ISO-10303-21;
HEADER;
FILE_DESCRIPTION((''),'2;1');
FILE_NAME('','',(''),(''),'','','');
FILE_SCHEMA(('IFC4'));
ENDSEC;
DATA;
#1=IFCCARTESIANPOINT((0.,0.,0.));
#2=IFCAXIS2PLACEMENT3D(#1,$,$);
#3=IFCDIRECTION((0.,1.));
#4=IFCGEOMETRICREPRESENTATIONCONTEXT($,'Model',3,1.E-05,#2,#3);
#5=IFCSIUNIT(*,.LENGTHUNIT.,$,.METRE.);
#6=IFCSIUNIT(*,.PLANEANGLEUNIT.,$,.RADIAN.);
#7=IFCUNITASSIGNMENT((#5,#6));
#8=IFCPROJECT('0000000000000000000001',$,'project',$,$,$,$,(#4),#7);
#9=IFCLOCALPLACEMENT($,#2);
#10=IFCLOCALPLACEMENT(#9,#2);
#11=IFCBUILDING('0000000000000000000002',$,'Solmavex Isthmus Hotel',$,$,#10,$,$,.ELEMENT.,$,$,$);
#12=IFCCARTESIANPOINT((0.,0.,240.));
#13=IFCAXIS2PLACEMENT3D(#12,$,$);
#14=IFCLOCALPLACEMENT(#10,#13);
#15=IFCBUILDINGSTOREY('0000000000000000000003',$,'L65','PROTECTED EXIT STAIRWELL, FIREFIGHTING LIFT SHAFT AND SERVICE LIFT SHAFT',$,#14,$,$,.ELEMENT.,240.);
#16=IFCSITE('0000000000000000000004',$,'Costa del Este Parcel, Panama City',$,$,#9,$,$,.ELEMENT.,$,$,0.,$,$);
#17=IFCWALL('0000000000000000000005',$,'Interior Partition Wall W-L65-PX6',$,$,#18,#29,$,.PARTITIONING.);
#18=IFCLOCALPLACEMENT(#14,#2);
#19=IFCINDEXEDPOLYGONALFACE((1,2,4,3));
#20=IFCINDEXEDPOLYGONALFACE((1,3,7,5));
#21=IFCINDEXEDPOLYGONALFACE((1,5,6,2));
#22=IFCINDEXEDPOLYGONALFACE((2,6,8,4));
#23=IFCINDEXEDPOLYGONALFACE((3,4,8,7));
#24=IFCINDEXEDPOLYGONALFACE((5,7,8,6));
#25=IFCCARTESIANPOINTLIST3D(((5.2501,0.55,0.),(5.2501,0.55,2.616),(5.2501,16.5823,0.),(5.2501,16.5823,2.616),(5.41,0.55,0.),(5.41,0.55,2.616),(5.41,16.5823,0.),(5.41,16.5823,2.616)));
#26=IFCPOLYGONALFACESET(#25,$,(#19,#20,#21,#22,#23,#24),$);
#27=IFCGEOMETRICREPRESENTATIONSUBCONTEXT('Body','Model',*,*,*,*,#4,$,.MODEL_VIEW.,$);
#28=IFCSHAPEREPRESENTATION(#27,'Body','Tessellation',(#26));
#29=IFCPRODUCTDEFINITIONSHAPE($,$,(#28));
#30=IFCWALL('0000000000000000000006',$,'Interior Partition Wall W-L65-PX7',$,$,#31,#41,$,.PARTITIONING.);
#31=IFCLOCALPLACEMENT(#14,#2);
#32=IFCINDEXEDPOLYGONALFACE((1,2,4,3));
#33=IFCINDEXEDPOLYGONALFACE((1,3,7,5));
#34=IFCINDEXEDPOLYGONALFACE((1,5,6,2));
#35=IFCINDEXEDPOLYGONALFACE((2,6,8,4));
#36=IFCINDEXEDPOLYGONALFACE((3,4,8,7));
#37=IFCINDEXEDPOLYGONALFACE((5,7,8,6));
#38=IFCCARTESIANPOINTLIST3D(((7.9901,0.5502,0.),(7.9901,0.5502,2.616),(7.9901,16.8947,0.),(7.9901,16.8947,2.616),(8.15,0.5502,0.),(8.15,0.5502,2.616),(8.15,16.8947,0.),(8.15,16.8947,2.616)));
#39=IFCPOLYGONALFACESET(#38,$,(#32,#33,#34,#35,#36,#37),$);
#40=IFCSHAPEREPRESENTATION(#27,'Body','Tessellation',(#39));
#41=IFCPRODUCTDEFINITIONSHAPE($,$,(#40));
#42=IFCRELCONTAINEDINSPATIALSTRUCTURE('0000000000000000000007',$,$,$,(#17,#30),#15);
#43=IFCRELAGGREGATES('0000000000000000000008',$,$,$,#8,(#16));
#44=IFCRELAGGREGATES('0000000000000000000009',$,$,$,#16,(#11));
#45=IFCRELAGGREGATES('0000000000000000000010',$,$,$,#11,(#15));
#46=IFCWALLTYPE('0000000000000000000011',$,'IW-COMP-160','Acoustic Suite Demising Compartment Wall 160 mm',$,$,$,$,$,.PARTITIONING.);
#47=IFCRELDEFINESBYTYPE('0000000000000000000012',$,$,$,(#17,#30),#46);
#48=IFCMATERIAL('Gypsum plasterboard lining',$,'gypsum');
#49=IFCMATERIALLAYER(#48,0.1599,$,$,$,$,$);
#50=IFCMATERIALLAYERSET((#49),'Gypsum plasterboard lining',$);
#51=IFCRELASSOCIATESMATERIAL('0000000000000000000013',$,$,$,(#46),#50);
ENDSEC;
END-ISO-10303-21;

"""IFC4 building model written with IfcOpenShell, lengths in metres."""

from ifc_helpers import new_model, si_unit, direction, frame, frame_2d, origin, place, context, subcontext, project, spatial, rectangle, extrude, material, layer, layer_set, type_object, element, save


model = new_model("IFC4")

# Units and contexts
model_context = context("Model", 3, precision=1e-05, world=origin(), true_north=direction((0.0, 1.0)))
body_context = subcontext(model_context, "Body", "Model", "MODEL_VIEW")
ifc_project = project(units=[si_unit("LENGTHUNIT", "METRE"), si_unit("PLANEANGLEUNIT", "RADIAN")], contexts=[model_context])

# Site, building, storey
site_placement = place(None, origin())
site = spatial("IfcSite", under=ifc_project, at=site_placement, Name="Costa del Este Parcel, Panama City", CompositionType="ELEMENT", RefElevation=0.0)
building_placement = place(site_placement, origin())
building = spatial("IfcBuilding", under=site, at=building_placement, Name="Solmavex Isthmus Hotel", CompositionType="ELEMENT")
storey_placement = place(building_placement, frame((0.0, 0.0, 240.0)))
storey = spatial("IfcBuildingStorey", under=building, at=storey_placement, Name="L65", Description="PROTECTED EXIT STAIRWELL, FIREFIGHTING LIFT SHAFT AND SERVICE LIFT SHAFT", CompositionType="ELEMENT", Elevation=240.0)

# Walls
ifc_material_1 = material(Name="Gypsum plasterboard lining", Category="gypsum")
ifc_layer_1 = layer(ifc_material_1, 0.1599)
ifc_layer_set_1 = layer_set([ifc_layer_1], Name="Gypsum plasterboard lining")
wall_type = type_object("IfcWallType", Name="IW-COMP-160", Description="Acoustic Suite Demising Compartment Wall 160 mm", PredefinedType="PARTITIONING", material=ifc_layer_set_1)
wall_1_placement = place(storey_placement, frame((5.3301, 0.55, 0.0), z_axis=(0.0, 0.0, 1.0), x_axis=(0.0, 1.0, 0.0)))
element("IfcWall", 1, at=wall_1_placement, inside=storey, type_object=wall_type, Name="Interior Partition Wall W-L65-PX6", PredefinedType="PARTITIONING", context=body_context, shape_type="SweptSolid", body=[
    extrude(rectangle(XDim=16.0322, YDim=0.1599, at=frame_2d((8.0161, 0.0))), origin(), (0.0, 0.0, 1.0), 2.616),
])
wall_2_placement = place(storey_placement, frame((8.0701, 0.55, 0.0), z_axis=(0.0, 0.0, 1.0), x_axis=(0.0, 1.0, 0.0)))
element("IfcWall", 2, at=wall_2_placement, inside=storey, type_object=wall_type, Name="Interior Partition Wall W-L65-PX7", PredefinedType="PARTITIONING", context=body_context, shape_type="SweptSolid", body=[
    extrude(rectangle(XDim=16.3445, YDim=0.1599, at=frame_2d((8.1724, 0.0))), origin(), (0.0, 0.0, 1.0), 2.616),
])

save(model, "model.ifc")
